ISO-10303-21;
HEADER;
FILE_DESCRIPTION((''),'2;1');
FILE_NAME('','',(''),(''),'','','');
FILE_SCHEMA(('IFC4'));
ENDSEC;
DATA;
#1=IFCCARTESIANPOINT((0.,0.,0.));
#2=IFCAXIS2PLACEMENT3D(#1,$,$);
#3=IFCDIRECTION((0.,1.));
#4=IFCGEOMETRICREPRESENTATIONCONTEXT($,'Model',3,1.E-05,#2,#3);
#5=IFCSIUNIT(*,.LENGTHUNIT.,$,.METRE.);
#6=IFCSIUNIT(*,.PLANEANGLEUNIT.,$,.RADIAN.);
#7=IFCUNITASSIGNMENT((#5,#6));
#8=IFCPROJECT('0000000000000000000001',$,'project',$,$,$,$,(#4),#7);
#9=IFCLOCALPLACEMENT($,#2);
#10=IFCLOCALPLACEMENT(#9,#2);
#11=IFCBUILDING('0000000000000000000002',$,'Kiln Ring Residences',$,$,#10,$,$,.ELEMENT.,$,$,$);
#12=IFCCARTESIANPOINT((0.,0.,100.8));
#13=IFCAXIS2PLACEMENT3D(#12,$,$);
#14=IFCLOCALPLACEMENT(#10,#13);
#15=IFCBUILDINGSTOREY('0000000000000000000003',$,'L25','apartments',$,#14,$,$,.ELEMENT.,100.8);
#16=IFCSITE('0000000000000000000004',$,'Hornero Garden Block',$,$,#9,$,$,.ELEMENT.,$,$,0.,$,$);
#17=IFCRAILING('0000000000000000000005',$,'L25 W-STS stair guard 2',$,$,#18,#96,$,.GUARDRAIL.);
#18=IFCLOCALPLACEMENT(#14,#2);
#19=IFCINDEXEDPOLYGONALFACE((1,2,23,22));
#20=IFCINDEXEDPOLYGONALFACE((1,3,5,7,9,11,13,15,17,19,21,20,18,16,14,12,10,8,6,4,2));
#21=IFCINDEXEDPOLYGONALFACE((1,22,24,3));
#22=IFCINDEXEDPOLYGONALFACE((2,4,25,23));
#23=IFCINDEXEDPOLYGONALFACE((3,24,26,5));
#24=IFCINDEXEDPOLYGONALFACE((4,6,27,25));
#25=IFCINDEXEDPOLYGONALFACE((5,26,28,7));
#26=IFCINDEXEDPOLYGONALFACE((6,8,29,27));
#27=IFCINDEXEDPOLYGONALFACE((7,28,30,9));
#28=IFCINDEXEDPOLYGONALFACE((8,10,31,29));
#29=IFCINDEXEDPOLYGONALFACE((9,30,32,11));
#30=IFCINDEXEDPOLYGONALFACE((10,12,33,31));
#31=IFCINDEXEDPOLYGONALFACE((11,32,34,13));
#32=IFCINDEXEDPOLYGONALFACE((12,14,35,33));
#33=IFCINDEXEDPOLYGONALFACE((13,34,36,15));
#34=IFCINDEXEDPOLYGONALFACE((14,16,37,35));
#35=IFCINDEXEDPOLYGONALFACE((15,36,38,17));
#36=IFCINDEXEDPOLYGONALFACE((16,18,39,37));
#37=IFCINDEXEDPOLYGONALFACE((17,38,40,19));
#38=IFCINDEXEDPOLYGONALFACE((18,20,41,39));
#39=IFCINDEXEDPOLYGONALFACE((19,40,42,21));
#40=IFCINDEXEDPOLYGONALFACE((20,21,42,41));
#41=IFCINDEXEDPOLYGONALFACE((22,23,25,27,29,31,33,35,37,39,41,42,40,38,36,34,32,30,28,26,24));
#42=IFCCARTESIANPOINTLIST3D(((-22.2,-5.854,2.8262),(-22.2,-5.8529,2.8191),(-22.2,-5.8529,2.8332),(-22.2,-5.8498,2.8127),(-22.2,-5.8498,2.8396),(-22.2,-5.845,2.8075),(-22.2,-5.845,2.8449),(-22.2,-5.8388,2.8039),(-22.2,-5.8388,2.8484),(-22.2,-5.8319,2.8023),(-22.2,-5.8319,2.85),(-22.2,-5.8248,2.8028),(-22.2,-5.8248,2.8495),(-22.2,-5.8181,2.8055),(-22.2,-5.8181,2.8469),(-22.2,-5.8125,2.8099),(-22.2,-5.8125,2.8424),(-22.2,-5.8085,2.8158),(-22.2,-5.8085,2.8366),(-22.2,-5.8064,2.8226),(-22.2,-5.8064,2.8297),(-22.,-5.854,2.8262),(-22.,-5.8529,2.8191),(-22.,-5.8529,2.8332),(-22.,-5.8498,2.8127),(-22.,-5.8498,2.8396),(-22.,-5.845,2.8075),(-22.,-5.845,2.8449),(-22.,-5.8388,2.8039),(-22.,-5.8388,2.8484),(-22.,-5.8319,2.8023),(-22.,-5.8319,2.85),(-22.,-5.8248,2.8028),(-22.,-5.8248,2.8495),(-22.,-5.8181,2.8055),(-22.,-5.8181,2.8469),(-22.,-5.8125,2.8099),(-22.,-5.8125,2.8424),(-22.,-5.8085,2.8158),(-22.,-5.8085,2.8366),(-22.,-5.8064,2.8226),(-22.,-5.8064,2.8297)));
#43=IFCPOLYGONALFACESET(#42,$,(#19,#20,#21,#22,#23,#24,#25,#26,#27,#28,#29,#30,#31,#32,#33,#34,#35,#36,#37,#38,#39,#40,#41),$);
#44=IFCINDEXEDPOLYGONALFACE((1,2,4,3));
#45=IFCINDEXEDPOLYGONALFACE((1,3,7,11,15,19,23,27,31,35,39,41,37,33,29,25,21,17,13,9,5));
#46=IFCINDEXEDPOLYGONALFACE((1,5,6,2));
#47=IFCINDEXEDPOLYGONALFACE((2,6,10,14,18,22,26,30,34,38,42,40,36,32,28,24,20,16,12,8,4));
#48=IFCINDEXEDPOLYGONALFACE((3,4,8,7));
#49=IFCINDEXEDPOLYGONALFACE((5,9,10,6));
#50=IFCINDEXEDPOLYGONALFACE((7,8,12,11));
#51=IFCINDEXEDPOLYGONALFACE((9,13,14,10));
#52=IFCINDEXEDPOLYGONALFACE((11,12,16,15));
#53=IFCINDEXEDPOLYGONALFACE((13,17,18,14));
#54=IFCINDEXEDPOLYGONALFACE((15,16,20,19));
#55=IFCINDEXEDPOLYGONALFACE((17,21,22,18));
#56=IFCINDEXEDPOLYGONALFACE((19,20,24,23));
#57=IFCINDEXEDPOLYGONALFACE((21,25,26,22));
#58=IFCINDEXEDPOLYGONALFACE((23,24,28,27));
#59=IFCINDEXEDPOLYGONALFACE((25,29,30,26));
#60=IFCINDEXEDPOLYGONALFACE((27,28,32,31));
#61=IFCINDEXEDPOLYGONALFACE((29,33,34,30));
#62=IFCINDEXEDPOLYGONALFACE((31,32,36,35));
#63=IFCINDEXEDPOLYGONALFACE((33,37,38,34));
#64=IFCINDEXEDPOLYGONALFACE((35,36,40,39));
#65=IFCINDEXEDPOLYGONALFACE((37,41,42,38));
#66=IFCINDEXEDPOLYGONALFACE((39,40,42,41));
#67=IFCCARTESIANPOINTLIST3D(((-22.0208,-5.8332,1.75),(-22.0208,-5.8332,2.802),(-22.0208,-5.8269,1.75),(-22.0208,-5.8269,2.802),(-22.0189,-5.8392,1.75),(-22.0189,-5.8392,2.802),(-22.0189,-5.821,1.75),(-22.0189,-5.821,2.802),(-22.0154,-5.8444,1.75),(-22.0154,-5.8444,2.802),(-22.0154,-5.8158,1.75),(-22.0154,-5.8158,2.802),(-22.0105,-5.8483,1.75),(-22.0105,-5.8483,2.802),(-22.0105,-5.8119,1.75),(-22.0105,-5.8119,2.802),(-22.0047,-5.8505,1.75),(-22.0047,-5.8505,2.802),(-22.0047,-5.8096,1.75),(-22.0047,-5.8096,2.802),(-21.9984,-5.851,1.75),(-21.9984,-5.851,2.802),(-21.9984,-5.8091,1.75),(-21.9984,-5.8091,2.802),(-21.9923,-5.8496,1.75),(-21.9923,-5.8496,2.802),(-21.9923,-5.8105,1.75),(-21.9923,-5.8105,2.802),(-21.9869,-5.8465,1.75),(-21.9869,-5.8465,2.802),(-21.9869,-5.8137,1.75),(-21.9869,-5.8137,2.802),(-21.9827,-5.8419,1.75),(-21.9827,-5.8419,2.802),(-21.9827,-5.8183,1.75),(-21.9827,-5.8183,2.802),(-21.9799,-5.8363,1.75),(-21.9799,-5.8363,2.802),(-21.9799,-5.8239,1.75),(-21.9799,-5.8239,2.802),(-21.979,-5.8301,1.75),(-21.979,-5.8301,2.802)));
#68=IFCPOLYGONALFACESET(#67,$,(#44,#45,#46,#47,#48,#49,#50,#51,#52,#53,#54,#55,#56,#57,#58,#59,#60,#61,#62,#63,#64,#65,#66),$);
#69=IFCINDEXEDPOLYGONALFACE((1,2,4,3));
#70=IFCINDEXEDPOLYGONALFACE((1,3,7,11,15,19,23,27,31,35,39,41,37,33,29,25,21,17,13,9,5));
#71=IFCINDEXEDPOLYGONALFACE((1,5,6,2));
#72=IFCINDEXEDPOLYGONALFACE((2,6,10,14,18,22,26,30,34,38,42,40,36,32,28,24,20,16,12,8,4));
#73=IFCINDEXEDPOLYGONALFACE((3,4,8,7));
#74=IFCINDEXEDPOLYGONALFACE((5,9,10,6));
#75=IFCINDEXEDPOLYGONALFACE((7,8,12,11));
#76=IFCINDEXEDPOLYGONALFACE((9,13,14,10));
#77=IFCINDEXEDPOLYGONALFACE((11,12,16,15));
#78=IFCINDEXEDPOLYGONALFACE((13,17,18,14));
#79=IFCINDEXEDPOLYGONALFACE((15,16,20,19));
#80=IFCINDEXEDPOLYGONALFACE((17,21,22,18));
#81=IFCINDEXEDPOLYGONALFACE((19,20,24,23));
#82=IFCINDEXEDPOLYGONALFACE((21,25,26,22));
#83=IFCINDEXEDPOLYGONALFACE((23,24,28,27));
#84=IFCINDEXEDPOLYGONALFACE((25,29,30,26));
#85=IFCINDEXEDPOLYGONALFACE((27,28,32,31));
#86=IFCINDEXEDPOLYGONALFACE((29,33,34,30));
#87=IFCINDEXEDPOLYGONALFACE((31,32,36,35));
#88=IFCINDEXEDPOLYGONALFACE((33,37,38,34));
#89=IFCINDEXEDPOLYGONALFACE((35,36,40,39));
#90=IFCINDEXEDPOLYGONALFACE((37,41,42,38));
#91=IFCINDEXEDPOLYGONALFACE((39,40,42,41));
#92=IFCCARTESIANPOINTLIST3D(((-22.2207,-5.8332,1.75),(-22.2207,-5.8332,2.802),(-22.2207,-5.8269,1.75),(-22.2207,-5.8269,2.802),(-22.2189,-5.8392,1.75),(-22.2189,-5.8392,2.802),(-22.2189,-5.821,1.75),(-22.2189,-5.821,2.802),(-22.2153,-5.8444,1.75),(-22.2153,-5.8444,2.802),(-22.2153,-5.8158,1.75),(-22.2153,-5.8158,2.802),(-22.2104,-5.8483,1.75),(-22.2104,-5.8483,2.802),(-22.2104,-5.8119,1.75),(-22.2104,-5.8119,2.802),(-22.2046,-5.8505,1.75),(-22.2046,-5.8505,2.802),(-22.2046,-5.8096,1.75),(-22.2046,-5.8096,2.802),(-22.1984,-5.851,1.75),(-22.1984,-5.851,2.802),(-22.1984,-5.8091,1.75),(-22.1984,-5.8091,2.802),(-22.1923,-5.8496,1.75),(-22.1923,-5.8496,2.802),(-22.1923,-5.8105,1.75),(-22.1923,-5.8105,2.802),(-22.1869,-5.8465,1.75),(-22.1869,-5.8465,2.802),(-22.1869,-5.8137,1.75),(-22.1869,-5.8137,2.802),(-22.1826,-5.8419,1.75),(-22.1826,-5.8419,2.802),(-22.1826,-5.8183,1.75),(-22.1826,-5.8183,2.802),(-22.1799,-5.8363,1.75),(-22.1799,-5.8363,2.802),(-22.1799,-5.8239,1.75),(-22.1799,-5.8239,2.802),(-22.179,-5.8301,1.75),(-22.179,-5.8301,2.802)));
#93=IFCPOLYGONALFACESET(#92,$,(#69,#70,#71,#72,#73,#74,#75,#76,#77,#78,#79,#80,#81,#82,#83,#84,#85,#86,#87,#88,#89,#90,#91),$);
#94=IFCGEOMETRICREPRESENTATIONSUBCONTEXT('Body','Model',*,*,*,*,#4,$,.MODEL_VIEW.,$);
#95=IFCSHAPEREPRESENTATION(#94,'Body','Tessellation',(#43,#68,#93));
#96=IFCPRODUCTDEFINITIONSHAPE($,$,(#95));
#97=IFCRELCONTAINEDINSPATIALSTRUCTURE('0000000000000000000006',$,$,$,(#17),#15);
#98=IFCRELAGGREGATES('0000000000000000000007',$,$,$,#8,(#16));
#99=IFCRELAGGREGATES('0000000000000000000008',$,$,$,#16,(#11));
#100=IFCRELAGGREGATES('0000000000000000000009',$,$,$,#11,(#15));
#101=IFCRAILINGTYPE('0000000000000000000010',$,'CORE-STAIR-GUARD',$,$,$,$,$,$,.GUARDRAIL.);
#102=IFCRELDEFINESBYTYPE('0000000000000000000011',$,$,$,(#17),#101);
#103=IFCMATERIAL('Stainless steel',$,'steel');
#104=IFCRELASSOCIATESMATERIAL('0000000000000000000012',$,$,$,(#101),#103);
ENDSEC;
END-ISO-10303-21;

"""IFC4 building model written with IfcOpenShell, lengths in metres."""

from ifc_helpers import new_model, si_unit, direction, frame, origin, origin_2d, place, context, subcontext, project, spatial, circle, extrude, material, type_object, element, save


model = new_model("IFC4")

# Units and contexts
model_context = context("Model", 3, precision=1e-05, world=origin(), true_north=direction((0.0, 1.0)))
body_context = subcontext(model_context, "Body", "Model", "MODEL_VIEW")
ifc_project = project(units=[si_unit("LENGTHUNIT", "METRE"), si_unit("PLANEANGLEUNIT", "RADIAN")], contexts=[model_context])

# Site, building, storey
site_placement = place(None, origin())
site = spatial("IfcSite", under=ifc_project, at=site_placement, Name="Hornero Garden Block", CompositionType="ELEMENT", RefElevation=0.0)
building_placement = place(site_placement, origin())
building = spatial("IfcBuilding", under=site, at=building_placement, Name="Kiln Ring Residences", CompositionType="ELEMENT")
storey_placement = place(building_placement, frame((0.0, 0.0, 100.8)))
storey = spatial("IfcBuildingStorey", under=building, at=storey_placement, Name="L25", Description="apartments", CompositionType="ELEMENT", Elevation=100.8)

# Railing
ifc_material_1 = material(Name="Stainless steel", Category="steel")
railing_type_1 = type_object("IfcRailingType", Name="CORE-STAIR-GUARD", PredefinedType="GUARDRAIL", material=ifc_material_1)
railing_1_placement = place(storey_placement, frame((-22.0, -5.8301, 1.75)))
element("IfcRailing", 1, at=railing_1_placement, inside=storey, type_object=railing_type_1, Name="L25 W-STS stair guard 2", PredefinedType="GUARDRAIL", context=body_context, shape_type="SweptSolid", body=[
    extrude(circle(Radius=0.0239, at=origin_2d()), frame((0.0, 0.0, 1.0762), z_axis=(-1.0, 0.0, 0.0), x_axis=(0.0, -1.0, 0.0)), (0.0, 0.0, 1.0), 0.2),
    extrude(circle(Radius=0.021, at=origin_2d()), origin(), (0.0, 0.0, 1.0), 1.052),
    extrude(circle(Radius=0.021, at=origin_2d()), frame((-0.2, 0.0, 0.0)), (0.0, 0.0, 1.0), 1.052),
])

save(model, "model.ifc")
